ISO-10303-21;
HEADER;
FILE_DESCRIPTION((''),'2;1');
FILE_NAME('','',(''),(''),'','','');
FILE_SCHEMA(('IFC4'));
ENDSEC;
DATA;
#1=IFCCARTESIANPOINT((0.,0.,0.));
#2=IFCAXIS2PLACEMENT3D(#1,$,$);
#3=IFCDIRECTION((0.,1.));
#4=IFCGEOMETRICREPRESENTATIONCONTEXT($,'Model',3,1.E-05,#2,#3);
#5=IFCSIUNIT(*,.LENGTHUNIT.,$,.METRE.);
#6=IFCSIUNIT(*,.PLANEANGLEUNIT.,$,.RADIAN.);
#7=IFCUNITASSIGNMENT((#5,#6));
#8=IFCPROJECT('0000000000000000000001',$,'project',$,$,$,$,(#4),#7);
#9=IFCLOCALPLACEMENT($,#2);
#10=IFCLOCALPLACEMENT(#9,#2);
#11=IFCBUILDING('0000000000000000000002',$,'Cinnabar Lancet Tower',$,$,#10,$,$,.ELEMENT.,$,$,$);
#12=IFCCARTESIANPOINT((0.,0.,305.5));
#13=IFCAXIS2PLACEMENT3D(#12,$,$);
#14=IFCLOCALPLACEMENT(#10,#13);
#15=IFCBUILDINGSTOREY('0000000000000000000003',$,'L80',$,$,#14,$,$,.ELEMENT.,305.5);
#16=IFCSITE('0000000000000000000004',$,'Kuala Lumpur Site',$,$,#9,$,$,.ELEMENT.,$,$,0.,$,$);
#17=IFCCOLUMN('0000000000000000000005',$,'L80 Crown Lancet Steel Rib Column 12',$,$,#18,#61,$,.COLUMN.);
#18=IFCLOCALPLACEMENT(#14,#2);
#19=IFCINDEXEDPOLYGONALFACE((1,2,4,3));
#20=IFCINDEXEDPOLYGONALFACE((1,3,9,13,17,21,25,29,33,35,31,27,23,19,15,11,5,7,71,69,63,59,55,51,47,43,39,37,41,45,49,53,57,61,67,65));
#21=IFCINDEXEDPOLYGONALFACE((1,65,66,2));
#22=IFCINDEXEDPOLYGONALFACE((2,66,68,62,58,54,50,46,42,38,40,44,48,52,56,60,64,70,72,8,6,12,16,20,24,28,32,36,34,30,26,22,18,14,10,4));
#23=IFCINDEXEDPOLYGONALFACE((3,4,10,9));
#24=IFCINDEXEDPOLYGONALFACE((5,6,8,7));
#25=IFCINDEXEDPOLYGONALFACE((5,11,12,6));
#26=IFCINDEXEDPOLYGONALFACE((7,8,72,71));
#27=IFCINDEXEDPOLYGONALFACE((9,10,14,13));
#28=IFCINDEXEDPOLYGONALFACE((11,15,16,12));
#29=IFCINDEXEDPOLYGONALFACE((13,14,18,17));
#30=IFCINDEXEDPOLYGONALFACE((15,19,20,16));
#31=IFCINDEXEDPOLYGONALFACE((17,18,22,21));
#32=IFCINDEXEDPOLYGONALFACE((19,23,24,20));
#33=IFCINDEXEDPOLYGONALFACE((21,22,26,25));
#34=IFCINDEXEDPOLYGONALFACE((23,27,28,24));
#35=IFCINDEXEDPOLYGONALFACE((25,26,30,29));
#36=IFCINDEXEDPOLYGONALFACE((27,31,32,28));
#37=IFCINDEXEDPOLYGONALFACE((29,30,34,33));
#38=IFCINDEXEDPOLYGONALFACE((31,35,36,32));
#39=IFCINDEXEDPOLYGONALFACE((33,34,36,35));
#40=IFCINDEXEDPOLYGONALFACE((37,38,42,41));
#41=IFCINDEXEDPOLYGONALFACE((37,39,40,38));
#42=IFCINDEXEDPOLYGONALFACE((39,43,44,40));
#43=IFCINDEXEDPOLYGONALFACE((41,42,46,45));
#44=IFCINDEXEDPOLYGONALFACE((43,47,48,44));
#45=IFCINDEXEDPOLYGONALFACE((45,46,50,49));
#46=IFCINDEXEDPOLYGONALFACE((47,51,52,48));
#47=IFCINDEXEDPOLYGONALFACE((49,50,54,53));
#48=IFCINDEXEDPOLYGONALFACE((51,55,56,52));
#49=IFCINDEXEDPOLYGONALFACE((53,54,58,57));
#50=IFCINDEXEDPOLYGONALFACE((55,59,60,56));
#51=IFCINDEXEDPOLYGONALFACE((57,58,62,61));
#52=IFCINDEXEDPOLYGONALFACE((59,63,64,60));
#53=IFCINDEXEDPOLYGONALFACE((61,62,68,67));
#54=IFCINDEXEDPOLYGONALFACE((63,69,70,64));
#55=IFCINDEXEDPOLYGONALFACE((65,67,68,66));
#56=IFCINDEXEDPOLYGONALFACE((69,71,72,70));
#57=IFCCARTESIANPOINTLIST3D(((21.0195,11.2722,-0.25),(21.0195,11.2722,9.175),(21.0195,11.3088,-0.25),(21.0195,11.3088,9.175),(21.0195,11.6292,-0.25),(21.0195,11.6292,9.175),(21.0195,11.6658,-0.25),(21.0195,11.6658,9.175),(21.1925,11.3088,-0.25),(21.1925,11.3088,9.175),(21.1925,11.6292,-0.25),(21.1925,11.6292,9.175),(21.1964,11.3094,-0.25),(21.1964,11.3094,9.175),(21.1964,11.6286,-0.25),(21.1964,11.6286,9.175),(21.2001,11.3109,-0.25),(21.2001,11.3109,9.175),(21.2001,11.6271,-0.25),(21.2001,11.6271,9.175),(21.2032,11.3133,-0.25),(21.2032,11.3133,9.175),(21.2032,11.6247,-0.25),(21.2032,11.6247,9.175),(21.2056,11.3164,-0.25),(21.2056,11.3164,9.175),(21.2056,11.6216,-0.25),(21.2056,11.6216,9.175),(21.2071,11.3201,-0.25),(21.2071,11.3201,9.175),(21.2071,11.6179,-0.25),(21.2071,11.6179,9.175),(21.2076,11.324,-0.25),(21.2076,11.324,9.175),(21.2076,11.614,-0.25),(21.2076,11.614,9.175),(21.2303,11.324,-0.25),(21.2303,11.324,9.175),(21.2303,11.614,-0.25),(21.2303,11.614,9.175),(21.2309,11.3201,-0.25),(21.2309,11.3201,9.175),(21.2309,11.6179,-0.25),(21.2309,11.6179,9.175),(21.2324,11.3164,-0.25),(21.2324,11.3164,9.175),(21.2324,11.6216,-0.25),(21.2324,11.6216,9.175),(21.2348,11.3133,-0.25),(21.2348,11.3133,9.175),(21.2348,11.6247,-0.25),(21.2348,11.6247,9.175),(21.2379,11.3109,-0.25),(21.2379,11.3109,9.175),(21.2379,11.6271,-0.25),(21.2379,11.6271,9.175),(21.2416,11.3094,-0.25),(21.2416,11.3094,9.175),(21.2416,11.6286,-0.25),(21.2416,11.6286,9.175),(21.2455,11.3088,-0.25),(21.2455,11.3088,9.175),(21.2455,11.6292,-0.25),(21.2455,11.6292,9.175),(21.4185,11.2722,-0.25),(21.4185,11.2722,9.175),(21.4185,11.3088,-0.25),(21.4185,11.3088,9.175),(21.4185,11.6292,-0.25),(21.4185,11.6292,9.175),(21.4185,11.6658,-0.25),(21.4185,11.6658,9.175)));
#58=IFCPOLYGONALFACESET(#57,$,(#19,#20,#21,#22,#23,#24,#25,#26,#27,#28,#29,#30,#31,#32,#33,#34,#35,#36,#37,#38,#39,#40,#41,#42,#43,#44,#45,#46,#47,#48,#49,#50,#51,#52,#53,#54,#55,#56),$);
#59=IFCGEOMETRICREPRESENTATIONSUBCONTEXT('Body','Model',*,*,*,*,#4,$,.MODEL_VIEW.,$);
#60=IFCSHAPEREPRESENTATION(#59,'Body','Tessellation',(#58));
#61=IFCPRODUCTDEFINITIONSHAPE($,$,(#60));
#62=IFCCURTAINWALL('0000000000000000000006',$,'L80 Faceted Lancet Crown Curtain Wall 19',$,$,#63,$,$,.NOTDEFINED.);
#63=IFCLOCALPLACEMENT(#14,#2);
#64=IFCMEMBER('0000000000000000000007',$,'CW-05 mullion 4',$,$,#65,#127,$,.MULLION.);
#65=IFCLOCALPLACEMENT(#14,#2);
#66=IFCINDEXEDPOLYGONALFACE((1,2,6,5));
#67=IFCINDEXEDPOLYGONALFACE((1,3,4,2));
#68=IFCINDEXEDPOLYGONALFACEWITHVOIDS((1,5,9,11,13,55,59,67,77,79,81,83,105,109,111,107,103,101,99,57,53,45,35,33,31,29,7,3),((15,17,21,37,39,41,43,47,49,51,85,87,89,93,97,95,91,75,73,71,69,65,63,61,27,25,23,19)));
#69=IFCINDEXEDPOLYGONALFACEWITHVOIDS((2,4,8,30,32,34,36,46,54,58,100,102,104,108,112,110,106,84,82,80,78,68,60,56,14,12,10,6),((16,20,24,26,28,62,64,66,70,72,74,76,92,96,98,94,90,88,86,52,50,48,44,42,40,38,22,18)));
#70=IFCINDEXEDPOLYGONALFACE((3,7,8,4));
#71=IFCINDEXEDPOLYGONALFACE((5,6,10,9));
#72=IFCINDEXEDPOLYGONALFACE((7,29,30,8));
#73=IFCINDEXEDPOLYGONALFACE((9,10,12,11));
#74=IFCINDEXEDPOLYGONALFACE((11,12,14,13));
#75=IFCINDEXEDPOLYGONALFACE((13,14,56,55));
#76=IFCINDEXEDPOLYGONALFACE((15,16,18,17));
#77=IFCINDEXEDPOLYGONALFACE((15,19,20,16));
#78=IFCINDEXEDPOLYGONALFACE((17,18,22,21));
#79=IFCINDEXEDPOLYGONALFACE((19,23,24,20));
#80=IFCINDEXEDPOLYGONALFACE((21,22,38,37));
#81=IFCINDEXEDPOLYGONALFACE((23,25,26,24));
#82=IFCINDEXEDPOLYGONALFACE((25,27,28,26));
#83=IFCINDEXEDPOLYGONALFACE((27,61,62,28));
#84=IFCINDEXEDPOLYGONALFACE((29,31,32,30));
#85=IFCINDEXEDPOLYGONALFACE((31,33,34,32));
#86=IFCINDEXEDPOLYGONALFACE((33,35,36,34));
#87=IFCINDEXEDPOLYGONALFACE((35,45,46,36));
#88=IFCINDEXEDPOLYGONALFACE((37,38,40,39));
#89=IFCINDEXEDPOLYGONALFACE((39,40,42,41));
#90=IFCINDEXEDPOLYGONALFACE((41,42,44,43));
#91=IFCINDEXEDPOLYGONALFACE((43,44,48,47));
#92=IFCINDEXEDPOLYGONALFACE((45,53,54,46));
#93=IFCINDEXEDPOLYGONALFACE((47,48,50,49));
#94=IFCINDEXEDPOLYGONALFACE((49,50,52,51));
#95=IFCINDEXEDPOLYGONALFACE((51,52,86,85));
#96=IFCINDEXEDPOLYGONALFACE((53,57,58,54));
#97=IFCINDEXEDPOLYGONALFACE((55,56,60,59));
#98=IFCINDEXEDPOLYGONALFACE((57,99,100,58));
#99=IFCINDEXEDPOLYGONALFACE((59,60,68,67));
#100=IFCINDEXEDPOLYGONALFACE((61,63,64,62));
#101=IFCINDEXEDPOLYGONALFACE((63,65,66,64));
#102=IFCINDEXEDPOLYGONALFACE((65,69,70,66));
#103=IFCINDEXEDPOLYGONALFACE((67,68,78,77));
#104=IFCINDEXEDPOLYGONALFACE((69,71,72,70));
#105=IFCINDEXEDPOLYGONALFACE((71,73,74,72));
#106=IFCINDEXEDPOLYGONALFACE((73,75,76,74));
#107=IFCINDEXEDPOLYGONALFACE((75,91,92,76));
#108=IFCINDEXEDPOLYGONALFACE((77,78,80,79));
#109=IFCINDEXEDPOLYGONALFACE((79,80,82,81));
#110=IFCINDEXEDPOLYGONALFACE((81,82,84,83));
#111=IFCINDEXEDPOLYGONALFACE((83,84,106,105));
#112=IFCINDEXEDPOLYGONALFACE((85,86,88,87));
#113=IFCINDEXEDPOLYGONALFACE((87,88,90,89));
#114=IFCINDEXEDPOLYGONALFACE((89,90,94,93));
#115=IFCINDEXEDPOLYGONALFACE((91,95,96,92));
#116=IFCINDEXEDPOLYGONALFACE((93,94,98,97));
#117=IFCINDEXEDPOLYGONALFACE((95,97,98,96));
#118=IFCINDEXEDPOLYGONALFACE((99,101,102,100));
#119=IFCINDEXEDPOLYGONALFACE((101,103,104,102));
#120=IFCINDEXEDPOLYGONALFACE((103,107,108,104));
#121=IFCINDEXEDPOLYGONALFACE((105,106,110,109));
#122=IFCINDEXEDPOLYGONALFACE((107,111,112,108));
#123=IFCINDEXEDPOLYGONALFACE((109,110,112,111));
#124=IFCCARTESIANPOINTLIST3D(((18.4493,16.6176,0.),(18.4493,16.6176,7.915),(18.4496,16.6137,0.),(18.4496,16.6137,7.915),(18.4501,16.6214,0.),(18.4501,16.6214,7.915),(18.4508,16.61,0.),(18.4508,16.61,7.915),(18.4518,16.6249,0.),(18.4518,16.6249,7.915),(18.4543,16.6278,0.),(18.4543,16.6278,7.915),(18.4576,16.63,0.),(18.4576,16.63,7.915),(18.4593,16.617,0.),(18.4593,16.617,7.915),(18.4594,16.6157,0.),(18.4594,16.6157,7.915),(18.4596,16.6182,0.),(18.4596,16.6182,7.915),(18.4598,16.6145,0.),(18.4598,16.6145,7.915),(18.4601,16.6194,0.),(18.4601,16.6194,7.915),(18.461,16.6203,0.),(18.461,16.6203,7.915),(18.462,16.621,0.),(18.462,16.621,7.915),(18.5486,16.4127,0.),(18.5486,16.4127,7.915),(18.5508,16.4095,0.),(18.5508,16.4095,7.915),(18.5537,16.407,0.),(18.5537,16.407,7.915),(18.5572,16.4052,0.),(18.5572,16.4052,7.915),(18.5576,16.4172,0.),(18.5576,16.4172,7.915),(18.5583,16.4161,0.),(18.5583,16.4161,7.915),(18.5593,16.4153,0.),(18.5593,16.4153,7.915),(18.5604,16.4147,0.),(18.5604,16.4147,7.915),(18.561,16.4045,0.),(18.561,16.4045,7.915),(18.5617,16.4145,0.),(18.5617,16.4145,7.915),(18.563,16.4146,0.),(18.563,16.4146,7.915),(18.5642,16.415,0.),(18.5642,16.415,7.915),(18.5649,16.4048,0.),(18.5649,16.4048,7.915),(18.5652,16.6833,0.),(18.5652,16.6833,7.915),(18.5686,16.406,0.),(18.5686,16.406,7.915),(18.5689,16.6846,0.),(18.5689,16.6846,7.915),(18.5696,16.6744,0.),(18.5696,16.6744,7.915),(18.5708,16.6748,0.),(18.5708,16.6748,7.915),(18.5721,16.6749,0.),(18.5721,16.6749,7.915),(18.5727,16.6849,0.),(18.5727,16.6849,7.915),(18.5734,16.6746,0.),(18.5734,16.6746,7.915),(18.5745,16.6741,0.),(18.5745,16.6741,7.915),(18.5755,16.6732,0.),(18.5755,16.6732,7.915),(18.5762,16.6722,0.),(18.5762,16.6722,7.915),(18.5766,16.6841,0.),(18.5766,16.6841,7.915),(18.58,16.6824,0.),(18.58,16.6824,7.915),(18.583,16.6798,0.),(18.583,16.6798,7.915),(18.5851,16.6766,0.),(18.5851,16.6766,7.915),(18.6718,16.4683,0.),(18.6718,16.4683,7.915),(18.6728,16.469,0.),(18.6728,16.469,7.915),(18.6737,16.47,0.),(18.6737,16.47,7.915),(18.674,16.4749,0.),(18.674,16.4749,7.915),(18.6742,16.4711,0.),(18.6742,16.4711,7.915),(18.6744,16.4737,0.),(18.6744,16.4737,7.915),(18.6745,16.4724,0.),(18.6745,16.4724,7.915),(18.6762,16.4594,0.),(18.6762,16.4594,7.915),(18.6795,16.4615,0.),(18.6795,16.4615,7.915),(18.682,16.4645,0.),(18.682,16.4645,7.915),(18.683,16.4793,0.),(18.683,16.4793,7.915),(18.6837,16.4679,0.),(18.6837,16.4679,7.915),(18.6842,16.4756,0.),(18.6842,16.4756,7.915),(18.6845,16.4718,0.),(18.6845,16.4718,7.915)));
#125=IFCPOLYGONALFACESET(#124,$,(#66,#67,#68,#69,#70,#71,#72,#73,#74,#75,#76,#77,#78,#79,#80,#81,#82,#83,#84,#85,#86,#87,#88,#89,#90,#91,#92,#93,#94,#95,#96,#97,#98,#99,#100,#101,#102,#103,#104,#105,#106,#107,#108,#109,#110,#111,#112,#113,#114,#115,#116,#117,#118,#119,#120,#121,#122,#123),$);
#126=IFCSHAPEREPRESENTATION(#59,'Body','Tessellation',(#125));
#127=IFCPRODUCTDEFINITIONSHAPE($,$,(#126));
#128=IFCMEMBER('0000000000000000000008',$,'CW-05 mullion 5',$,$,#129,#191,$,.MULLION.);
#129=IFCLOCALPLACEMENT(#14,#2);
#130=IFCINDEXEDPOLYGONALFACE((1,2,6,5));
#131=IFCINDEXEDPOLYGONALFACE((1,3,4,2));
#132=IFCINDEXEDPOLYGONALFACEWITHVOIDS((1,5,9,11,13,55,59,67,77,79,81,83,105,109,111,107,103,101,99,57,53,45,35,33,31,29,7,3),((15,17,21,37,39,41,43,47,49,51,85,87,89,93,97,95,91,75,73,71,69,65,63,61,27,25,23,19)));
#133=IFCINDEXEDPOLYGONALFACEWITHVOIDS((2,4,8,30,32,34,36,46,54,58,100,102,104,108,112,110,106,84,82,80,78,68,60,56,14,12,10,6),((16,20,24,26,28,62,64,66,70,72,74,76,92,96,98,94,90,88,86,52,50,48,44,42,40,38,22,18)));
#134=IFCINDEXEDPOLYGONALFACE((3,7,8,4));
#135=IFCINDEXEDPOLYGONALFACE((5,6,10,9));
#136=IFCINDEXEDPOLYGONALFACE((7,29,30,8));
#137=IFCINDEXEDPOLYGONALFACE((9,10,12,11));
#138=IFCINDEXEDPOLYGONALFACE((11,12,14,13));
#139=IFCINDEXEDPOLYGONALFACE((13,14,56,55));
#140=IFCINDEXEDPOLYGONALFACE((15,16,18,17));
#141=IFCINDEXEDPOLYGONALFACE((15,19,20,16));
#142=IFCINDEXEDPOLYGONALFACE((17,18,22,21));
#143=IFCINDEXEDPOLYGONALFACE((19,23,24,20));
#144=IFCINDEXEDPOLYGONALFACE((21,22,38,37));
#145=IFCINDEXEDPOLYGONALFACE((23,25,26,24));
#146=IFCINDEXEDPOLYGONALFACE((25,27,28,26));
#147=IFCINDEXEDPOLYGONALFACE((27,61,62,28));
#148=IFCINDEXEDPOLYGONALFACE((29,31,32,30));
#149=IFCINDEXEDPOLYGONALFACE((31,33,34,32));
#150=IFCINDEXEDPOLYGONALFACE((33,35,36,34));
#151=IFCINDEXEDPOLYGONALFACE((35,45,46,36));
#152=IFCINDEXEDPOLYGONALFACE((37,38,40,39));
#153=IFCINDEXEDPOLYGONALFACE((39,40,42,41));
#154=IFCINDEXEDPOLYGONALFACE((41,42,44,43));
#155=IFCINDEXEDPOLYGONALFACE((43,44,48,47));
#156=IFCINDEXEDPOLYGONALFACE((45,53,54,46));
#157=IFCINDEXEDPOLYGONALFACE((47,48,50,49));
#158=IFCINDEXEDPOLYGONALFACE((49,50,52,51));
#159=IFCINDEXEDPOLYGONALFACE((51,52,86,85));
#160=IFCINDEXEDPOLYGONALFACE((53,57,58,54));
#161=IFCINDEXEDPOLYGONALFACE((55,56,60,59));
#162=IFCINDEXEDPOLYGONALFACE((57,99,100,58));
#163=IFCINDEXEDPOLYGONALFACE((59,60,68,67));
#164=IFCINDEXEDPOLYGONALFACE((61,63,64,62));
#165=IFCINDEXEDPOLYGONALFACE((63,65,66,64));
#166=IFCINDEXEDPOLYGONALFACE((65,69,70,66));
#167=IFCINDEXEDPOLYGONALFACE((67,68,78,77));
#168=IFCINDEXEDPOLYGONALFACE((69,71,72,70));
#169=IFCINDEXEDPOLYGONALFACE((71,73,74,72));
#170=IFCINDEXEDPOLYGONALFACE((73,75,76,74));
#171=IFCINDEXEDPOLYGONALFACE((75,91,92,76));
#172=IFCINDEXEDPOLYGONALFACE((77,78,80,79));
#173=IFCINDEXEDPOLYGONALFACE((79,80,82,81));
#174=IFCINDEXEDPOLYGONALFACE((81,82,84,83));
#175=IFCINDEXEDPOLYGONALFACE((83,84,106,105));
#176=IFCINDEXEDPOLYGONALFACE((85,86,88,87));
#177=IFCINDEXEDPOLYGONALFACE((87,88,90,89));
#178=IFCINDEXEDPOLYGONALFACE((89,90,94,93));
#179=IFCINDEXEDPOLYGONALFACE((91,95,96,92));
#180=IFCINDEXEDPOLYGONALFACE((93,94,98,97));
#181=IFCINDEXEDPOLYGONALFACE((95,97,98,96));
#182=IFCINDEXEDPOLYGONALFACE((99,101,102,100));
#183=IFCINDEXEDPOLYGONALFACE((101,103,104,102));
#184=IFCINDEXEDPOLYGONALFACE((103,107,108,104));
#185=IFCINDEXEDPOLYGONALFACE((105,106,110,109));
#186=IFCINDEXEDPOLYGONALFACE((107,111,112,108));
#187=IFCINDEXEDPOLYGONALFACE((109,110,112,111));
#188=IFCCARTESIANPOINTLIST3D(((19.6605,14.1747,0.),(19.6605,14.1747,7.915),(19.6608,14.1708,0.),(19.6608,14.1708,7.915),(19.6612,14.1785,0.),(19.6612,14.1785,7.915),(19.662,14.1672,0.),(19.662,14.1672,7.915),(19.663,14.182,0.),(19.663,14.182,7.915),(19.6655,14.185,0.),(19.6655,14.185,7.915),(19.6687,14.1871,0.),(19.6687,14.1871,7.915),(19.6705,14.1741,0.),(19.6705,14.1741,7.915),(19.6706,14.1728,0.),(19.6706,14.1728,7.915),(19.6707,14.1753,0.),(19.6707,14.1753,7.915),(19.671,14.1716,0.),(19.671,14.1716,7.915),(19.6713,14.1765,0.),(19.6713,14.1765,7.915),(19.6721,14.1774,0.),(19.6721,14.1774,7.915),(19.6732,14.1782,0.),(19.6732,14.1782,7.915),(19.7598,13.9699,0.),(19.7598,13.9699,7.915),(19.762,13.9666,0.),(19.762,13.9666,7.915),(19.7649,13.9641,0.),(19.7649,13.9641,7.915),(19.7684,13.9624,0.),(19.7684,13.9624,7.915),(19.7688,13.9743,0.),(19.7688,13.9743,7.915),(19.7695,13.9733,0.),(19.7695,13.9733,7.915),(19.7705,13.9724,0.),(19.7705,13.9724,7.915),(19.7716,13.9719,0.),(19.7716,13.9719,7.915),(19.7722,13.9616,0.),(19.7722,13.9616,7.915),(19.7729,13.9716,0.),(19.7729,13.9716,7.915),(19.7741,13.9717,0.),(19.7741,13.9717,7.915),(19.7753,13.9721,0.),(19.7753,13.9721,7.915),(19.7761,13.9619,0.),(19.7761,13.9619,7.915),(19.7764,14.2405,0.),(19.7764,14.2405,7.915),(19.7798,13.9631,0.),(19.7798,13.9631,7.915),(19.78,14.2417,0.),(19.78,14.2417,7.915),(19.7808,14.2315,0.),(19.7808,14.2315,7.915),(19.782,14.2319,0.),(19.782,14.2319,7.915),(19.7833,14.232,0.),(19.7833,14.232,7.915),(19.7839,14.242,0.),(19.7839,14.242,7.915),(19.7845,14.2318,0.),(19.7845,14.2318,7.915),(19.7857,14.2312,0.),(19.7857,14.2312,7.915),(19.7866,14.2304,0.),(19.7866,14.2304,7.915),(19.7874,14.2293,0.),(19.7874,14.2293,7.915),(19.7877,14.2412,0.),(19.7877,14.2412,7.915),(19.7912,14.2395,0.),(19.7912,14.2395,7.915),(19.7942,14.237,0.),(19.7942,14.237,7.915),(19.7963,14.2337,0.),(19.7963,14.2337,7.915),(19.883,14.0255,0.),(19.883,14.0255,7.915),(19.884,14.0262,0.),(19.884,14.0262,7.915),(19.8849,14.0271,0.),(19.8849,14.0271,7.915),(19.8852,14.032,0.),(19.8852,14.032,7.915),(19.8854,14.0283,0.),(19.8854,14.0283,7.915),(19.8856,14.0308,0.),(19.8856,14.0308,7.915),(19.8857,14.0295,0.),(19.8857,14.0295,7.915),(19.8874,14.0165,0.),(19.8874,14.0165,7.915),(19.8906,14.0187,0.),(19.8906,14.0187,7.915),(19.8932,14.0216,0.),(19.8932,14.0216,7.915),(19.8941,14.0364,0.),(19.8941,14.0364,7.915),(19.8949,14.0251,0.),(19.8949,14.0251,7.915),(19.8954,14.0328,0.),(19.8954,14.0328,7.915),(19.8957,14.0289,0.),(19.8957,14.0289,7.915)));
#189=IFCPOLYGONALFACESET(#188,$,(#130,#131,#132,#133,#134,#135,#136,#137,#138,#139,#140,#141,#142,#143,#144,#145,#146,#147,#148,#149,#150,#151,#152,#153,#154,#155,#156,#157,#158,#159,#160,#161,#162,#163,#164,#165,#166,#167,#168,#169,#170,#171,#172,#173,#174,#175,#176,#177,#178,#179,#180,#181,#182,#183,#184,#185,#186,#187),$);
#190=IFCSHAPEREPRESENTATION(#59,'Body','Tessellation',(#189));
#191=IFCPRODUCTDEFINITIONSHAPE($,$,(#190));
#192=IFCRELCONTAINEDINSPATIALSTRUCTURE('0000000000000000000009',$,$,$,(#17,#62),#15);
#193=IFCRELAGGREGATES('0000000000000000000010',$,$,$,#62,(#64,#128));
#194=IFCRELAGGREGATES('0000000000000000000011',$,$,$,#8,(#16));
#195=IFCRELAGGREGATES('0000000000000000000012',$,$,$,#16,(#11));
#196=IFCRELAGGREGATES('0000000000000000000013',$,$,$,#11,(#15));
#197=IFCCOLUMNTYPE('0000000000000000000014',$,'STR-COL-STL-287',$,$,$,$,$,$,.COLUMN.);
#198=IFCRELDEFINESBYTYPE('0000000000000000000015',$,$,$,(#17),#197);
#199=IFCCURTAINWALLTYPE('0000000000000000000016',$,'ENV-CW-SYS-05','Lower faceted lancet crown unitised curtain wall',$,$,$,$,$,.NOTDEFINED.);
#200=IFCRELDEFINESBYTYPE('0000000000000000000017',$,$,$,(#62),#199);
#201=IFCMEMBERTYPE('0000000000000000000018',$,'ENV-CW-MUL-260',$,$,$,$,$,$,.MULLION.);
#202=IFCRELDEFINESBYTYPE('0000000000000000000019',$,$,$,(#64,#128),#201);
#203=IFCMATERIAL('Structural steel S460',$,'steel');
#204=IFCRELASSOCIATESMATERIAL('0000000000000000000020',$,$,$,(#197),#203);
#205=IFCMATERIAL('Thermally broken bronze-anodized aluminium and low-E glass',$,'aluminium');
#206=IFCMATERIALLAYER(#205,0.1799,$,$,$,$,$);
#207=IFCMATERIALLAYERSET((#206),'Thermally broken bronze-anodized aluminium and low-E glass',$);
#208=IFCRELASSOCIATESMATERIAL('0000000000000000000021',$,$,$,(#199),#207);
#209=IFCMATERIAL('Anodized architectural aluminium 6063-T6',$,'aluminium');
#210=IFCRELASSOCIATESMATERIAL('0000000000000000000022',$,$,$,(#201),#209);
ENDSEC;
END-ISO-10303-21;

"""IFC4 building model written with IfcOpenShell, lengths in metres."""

from ifc_helpers import new_model, si_unit, direction, frame, origin, origin_2d, place, context, subcontext, project, spatial, hollow_rectangle, i_section, extrude, material, layer, layer_set, material_profile, profile_set, type_object, element, aggregate, save


model = new_model("IFC4")

# Units and contexts
model_context = context("Model", 3, precision=1e-05, world=origin(), true_north=direction((0.0, 1.0)))
body_context = subcontext(model_context, "Body", "Model", "MODEL_VIEW")
ifc_project = project(units=[si_unit("LENGTHUNIT", "METRE"), si_unit("PLANEANGLEUNIT", "RADIAN")], contexts=[model_context])

# Site, building, storey
site_placement = place(None, origin())
site = spatial("IfcSite", under=ifc_project, at=site_placement, Name="Kuala Lumpur Site", CompositionType="ELEMENT", RefElevation=0.0)
building_placement = place(site_placement, origin())
building = spatial("IfcBuilding", under=site, at=building_placement, Name="Cinnabar Lancet Tower", CompositionType="ELEMENT")
storey_placement = place(building_placement, frame((0.0, 0.0, 305.5)))
storey = spatial("IfcBuildingStorey", under=building, at=storey_placement, Name="L80", CompositionType="ELEMENT", Elevation=305.5)

# Column
ifc_material_1 = material(Name="Structural steel S460", Category="steel")
ifc_material_profile_1 = material_profile(ifc_material_1, i_section(OverallWidth=0.3989, OverallDepth=0.3936, WebThickness=0.0227, FlangeThickness=0.0366, FilletRadius=0.0151, at=origin_2d()), Name="UKC 356x406x287")
ifc_profile_set_1 = profile_set([ifc_material_profile_1], Name="Structural steel S460")
column_type = type_object("IfcColumnType", Name="STR-COL-STL-287", PredefinedType="COLUMN", material=ifc_profile_set_1)
column_placement = place(storey_placement, frame((21.219, 11.469, -0.25), z_axis=(0.0, 0.0, 1.0), x_axis=(1.0, 0.0, 0.0)))
element("IfcColumn", 1, at=column_placement, inside=storey, type_object=column_type, Name="L80 Crown Lancet Steel Rib Column 12", PredefinedType="COLUMN", context=body_context, shape_type="SweptSolid", body=[
    extrude(i_section(OverallWidth=0.3989, OverallDepth=0.3936, WebThickness=0.0227, FlangeThickness=0.0366, FilletRadius=0.0151, at=origin_2d()), origin(), (0.0, 0.0, 1.0), 9.425),
])

# Curtain wall, members
ifc_material_2 = material(Name="Thermally broken bronze-anodized aluminium and low-E glass", Category="aluminium")
ifc_layer_1 = layer(ifc_material_2, 0.1799)
ifc_layer_set_1 = layer_set([ifc_layer_1], Name="Thermally broken bronze-anodized aluminium and low-E glass")
curtain_wall_type = type_object("IfcCurtainWallType", Name="ENV-CW-SYS-05", Description="Lower faceted lancet crown unitised curtain wall", PredefinedType="NOTDEFINED", material=ifc_layer_set_1)
curtain_wall_1_placement = place(storey_placement, origin())
curtain_wall_1 = element("IfcCurtainWall", 2, at=curtain_wall_1_placement, inside=storey, type_object=curtain_wall_type, Name="L80 Faceted Lancet Crown Curtain Wall 19", PredefinedType="NOTDEFINED")
ifc_material_3 = material(Name="Anodized architectural aluminium 6063-T6", Category="aluminium")
ifc_material_profile_2 = material_profile(ifc_material_3, hollow_rectangle(XDim=0.1499, YDim=0.25, WallThickness=0.01, InnerFilletRadius=0.0049, OuterFilletRadius=0.0149, at=origin_2d()), Name="RHS 250x150x10")
ifc_profile_set_2 = profile_set([ifc_material_profile_2], Name="Anodized architectural aluminium 6063-T6")
member_type_1 = type_object("IfcMemberType", Name="ENV-CW-MUL-260", PredefinedType="MULLION", material=ifc_profile_set_2)
member_1_placement = place(storey_placement, frame((18.5669, 16.5447, 0.0), z_axis=(0.0, 0.0, 1.0), x_axis=(0.895948, 0.444159, 0.0)))
member_1 = element("IfcMember", 3, at=member_1_placement, type_object=member_type_1, Name="CW-05 mullion 4", PredefinedType="MULLION", context=body_context, shape_type="SweptSolid", body=[
    extrude(hollow_rectangle(XDim=0.1499, YDim=0.25, WallThickness=0.01, InnerFilletRadius=0.0049, OuterFilletRadius=0.0149, at=origin_2d()), origin(), (0.0, 0.0, 1.0), 7.915),
])
member_2_placement = place(storey_placement, frame((19.7781, 14.1018, 0.0), z_axis=(0.0, 0.0, 1.0), x_axis=(0.895948, 0.444159, 0.0)))
member_2 = element("IfcMember", 4, at=member_2_placement, type_object=member_type_1, Name="CW-05 mullion 5", PredefinedType="MULLION", context=body_context, shape_type="SweptSolid", body=[
    extrude(hollow_rectangle(XDim=0.1499, YDim=0.25, WallThickness=0.01, InnerFilletRadius=0.0049, OuterFilletRadius=0.0149, at=origin_2d()), origin(), (0.0, 0.0, 1.0), 7.915),
])

aggregate(curtain_wall_1, [member_1, member_2])

save(model, "model.ifc")
